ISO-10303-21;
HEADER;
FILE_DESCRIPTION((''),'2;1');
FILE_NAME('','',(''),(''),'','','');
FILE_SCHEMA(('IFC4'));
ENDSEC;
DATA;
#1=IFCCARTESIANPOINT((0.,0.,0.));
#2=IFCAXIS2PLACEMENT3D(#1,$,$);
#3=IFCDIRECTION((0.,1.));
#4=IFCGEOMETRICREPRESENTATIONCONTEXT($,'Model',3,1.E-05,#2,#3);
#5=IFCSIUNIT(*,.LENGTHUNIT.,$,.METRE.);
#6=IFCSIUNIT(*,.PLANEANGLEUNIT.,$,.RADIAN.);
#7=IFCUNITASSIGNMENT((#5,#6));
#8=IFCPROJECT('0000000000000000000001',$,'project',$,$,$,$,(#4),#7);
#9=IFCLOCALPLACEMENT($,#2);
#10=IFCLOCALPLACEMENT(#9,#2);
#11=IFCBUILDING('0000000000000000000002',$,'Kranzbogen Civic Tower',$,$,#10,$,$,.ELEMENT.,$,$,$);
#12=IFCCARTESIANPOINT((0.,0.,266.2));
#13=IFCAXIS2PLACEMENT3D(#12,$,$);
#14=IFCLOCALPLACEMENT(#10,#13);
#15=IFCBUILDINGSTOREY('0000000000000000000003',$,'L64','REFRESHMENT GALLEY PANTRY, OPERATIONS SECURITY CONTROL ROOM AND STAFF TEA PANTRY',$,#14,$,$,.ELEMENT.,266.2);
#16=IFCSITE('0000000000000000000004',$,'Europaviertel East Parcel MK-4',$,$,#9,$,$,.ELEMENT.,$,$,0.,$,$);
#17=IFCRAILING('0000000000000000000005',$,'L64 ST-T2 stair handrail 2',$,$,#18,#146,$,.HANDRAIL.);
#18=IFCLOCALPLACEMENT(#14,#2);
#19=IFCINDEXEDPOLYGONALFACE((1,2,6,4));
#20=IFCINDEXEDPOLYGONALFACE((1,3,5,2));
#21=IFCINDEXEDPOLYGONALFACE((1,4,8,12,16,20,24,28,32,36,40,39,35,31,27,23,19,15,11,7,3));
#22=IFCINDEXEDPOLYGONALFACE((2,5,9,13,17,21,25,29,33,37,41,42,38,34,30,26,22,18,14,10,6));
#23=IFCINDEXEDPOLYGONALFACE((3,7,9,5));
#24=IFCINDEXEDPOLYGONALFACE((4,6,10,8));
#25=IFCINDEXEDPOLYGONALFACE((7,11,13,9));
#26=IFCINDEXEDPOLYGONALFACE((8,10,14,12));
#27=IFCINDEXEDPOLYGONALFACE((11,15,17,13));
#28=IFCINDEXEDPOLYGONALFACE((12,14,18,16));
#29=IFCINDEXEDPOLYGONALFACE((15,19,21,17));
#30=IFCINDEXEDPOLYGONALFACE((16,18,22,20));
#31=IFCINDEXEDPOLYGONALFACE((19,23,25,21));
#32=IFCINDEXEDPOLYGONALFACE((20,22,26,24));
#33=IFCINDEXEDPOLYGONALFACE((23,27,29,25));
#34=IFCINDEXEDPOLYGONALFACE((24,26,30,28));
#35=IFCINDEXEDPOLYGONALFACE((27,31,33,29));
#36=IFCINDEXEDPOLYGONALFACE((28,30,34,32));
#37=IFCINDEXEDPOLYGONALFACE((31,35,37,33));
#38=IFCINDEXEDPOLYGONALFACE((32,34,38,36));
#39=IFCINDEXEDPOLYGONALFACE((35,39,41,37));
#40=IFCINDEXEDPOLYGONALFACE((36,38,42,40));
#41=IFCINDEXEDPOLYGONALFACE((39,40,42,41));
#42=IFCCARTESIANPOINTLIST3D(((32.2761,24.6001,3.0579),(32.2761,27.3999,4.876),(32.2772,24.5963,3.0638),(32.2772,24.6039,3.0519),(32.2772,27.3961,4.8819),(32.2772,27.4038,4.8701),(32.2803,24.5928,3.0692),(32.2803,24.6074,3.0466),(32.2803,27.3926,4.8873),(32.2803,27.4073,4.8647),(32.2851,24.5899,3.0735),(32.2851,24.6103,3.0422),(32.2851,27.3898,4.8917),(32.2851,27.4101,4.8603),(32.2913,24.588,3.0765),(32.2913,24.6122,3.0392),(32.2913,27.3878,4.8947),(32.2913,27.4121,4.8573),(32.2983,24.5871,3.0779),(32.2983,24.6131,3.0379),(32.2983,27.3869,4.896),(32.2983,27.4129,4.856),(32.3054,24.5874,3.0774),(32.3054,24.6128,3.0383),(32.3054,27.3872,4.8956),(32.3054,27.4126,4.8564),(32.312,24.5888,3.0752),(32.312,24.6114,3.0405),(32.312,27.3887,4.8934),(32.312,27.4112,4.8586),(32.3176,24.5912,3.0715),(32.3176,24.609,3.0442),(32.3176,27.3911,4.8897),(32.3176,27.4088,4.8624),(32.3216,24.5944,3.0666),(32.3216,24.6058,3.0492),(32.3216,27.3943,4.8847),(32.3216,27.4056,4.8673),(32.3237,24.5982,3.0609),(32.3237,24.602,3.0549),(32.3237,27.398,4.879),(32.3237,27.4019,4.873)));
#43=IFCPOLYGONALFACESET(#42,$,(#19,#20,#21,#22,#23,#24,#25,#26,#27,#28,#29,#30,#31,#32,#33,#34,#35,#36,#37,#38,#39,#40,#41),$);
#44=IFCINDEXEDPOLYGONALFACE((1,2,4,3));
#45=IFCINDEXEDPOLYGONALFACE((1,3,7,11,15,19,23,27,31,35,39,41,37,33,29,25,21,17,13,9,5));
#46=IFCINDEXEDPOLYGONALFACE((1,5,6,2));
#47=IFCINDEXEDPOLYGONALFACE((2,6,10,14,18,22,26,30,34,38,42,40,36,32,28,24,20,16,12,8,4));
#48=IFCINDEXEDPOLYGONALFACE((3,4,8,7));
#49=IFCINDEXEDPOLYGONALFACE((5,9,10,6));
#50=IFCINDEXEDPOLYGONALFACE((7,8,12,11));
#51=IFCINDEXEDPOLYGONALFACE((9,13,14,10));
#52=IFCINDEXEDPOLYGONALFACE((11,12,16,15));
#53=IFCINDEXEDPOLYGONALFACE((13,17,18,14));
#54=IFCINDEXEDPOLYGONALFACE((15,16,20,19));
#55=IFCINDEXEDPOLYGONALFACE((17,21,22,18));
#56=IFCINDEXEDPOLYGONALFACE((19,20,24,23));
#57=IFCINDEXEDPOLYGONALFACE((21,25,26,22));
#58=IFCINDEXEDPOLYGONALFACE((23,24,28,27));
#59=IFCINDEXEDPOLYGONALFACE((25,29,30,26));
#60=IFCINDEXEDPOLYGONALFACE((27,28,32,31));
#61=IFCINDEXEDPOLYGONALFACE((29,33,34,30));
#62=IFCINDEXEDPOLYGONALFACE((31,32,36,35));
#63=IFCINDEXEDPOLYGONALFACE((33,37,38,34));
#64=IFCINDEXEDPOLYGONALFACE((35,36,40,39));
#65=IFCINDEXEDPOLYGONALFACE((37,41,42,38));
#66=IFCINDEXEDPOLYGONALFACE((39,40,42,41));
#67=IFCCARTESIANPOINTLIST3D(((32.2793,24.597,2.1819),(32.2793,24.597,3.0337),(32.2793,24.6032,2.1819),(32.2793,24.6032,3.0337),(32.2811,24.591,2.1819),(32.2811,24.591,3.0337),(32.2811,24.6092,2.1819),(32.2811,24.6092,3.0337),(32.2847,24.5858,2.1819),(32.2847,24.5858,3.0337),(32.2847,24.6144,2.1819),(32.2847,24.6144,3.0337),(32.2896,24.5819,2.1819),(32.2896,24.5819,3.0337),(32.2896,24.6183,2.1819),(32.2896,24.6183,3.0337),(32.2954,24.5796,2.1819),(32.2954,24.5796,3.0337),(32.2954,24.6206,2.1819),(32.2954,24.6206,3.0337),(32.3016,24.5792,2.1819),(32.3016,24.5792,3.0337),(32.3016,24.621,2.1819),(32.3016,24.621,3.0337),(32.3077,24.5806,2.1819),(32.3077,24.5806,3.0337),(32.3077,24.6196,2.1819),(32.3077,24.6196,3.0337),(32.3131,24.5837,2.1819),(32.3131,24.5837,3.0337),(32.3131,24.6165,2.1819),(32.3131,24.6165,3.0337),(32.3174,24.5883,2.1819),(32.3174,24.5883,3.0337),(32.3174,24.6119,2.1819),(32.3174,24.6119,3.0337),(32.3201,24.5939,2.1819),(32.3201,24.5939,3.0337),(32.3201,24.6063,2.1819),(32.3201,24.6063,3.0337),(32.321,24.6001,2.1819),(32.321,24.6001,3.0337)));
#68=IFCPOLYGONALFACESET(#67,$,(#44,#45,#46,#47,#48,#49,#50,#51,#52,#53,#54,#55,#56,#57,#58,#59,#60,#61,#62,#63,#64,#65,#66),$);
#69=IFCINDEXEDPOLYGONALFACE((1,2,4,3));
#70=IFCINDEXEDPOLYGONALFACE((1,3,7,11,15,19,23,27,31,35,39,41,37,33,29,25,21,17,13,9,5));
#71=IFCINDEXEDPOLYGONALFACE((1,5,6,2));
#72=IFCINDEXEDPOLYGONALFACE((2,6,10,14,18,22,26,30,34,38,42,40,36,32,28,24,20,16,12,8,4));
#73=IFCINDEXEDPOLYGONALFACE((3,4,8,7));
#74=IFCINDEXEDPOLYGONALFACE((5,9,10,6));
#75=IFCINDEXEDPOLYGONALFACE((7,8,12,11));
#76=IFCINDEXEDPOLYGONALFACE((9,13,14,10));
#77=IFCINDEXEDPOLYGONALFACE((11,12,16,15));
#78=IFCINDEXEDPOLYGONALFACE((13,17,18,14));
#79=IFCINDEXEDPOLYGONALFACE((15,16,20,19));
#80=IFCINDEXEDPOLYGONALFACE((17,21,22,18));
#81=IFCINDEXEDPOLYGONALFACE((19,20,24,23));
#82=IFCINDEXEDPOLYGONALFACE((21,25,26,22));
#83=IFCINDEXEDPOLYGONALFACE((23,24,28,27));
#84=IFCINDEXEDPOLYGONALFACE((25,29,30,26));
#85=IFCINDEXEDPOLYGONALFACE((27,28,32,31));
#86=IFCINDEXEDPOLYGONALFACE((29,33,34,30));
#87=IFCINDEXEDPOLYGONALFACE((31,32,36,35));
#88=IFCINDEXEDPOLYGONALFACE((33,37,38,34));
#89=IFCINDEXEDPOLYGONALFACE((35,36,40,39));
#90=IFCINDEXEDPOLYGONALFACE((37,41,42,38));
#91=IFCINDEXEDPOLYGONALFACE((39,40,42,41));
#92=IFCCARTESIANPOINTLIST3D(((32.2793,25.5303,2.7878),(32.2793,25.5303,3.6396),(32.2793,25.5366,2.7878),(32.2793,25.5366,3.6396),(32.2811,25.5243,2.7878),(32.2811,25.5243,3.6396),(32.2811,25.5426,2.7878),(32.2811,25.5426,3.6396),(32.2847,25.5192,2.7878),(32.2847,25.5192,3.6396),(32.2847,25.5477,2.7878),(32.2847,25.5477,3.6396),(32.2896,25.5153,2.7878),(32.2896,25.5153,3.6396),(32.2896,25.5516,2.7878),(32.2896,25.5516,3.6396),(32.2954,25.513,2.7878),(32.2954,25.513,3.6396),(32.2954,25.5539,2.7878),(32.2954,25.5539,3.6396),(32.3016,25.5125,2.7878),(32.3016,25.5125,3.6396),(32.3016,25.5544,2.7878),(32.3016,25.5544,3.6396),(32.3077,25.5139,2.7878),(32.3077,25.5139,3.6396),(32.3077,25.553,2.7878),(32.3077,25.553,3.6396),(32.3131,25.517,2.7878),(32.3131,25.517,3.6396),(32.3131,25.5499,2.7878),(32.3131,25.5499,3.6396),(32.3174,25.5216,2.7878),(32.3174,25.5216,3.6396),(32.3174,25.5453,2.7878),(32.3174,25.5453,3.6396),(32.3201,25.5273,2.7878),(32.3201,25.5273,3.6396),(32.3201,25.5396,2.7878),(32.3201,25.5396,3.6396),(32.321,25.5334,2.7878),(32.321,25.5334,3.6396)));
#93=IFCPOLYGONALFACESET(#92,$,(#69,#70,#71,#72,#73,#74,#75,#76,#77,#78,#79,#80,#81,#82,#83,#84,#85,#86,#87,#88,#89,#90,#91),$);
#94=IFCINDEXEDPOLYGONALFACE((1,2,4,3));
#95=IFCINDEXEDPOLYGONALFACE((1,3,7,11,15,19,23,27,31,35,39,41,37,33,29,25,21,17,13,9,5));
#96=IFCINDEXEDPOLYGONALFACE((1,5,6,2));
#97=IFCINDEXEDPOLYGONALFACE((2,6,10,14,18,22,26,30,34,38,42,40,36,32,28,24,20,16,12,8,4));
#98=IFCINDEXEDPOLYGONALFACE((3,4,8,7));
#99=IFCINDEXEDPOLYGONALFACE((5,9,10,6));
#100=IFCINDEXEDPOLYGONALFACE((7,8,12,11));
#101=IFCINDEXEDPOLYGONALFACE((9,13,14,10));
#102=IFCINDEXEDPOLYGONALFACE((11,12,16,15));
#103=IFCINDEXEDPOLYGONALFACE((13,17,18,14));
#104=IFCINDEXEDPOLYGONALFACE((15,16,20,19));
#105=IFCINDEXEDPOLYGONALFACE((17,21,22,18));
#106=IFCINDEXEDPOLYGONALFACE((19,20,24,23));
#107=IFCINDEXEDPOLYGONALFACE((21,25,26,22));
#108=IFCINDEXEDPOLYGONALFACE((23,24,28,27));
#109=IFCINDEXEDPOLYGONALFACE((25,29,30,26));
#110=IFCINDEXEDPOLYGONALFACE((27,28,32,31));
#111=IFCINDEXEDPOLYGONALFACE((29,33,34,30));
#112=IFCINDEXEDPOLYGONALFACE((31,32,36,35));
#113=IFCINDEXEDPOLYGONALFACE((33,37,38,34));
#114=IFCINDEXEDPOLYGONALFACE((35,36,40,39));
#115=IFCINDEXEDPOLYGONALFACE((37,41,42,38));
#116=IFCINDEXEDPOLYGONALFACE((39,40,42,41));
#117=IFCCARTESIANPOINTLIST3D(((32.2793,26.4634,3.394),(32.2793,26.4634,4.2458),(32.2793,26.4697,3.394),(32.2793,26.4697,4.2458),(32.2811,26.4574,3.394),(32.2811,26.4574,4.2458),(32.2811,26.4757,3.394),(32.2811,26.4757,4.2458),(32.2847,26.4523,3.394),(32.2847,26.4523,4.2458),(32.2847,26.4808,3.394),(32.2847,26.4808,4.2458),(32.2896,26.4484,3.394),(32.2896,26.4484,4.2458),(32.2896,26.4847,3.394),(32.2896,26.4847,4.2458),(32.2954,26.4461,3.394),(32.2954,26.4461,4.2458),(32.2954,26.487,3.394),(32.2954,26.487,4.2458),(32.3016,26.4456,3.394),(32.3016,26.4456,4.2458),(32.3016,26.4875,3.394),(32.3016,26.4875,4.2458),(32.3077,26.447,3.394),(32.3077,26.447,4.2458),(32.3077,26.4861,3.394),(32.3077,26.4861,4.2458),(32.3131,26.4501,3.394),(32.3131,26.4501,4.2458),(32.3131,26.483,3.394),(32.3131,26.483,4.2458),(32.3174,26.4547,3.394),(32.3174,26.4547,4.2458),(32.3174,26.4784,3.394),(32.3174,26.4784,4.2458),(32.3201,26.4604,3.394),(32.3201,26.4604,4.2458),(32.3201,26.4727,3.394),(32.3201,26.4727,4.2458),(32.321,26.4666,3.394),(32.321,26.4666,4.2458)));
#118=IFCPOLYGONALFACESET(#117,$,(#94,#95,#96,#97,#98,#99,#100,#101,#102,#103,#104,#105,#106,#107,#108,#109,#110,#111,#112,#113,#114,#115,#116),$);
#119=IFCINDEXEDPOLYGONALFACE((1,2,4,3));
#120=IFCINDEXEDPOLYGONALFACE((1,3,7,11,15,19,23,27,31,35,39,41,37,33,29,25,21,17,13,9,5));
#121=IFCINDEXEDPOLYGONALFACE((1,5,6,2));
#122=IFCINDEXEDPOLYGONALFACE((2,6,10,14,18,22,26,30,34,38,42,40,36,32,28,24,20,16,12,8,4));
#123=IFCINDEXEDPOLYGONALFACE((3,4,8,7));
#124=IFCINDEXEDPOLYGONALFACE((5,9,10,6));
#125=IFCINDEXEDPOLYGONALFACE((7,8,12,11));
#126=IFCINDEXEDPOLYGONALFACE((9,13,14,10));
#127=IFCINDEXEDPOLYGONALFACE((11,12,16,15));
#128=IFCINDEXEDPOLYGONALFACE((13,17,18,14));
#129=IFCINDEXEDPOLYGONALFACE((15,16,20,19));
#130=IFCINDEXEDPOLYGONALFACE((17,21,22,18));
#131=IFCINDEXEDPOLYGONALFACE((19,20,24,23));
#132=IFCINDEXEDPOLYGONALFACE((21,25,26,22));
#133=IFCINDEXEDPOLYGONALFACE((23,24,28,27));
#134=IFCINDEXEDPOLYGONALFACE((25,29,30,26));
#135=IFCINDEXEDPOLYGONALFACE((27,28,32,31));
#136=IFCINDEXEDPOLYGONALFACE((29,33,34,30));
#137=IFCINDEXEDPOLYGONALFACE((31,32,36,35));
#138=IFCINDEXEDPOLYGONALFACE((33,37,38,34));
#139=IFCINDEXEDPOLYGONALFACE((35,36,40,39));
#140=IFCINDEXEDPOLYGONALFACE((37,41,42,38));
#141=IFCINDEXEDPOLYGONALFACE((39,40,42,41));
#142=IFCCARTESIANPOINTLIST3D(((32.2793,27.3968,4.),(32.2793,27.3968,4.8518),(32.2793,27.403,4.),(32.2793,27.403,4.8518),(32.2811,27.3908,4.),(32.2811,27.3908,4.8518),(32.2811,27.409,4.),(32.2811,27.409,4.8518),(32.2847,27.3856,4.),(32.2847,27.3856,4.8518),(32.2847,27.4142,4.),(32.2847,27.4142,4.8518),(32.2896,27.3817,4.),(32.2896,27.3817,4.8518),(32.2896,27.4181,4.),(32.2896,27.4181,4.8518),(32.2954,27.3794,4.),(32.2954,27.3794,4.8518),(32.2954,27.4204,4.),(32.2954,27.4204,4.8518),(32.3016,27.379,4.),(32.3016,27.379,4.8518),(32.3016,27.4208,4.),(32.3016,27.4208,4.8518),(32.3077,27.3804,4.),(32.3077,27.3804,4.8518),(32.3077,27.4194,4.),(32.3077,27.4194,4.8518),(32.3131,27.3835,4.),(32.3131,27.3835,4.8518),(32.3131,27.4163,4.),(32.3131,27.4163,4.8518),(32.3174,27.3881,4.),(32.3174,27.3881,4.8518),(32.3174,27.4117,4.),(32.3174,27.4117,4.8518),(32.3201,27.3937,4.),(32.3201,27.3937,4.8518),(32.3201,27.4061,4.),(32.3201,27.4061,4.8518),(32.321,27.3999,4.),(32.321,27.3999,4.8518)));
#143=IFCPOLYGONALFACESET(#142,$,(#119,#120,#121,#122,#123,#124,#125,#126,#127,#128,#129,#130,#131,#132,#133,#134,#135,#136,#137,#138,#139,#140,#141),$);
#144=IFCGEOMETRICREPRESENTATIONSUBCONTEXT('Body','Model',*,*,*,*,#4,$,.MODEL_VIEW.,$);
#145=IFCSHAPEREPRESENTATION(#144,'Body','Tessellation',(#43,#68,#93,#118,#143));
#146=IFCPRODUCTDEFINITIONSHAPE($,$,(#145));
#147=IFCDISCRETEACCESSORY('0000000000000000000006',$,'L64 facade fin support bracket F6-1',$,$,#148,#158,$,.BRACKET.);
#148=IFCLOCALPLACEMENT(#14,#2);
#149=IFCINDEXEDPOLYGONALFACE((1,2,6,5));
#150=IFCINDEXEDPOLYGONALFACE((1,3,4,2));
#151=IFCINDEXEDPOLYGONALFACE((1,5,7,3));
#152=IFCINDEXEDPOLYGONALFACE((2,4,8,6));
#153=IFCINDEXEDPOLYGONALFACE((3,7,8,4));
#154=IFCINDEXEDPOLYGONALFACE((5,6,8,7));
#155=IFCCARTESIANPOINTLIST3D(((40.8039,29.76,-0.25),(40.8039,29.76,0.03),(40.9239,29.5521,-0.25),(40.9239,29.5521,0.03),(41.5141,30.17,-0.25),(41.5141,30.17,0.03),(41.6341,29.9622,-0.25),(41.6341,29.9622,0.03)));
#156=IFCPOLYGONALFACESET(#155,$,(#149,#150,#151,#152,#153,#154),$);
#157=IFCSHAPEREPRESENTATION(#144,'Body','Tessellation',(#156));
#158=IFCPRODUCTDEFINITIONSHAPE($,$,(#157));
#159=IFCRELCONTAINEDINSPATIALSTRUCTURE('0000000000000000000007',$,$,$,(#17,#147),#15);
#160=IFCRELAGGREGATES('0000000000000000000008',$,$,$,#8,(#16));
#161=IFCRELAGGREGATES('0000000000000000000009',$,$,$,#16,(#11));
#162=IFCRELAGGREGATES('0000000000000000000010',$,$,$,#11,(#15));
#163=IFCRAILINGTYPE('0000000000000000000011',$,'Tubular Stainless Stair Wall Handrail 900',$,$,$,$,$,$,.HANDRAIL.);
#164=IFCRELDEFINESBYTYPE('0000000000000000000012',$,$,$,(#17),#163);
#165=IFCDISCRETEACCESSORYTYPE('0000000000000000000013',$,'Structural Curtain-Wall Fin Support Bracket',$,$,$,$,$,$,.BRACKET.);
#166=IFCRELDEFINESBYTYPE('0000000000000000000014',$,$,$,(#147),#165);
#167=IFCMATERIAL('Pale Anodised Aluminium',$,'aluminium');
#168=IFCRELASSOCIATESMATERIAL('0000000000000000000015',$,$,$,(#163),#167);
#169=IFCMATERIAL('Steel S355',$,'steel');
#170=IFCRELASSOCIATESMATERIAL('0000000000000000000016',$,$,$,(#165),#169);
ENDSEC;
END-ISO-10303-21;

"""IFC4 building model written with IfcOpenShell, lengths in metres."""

from ifc_helpers import new_model, si_unit, direction, frame, origin, origin_2d, place, context, subcontext, project, spatial, rectangle, circle, extrude, material, type_object, element, save


model = new_model("IFC4")

# Units and contexts
model_context = context("Model", 3, precision=1e-05, world=origin(), true_north=direction((0.0, 1.0)))
body_context = subcontext(model_context, "Body", "Model", "MODEL_VIEW")
ifc_project = project(units=[si_unit("LENGTHUNIT", "METRE"), si_unit("PLANEANGLEUNIT", "RADIAN")], contexts=[model_context])

# Site, building, storey
site_placement = place(None, origin())
site = spatial("IfcSite", under=ifc_project, at=site_placement, Name="Europaviertel East Parcel MK-4", CompositionType="ELEMENT", RefElevation=0.0)
building_placement = place(site_placement, origin())
building = spatial("IfcBuilding", under=site, at=building_placement, Name="Kranzbogen Civic Tower", CompositionType="ELEMENT")
storey_placement = place(building_placement, frame((0.0, 0.0, 266.2)))
storey = spatial("IfcBuildingStorey", under=building, at=storey_placement, Name="L64", Description="REFRESHMENT GALLEY PANTRY, OPERATIONS SECURITY CONTROL ROOM AND STAFF TEA PANTRY", CompositionType="ELEMENT", Elevation=266.2)

# Shared definitions
ifc_material_1 = material(Name="Steel S355", Category="steel")

# Shared definitions
ifc_material_2 = material(Name="Pale Anodised Aluminium", Category="aluminium")

# Railing
railing_type_1 = type_object("IfcRailingType", Name="Tubular Stainless Stair Wall Handrail 900", PredefinedType="HANDRAIL", material=ifc_material_2)
railing_1_placement = place(storey_placement, frame((32.3, 24.6001, 2.1819)))
element("IfcRailing", 1, at=railing_1_placement, inside=storey, type_object=railing_type_1, Name="L64 ST-T2 stair handrail 2", PredefinedType="HANDRAIL", context=body_context, shape_type="SweptSolid", body=[
    extrude(circle(Radius=0.0239, at=origin_2d()), frame((0.0, 0.0, 0.876), z_axis=(0.0, 0.838684, 0.544618), x_axis=(-1.0, 0.0, 0.0)), (0.0, 0.0, 1.0), 3.3384),
    extrude(circle(Radius=0.021, at=origin_2d()), origin(), (0.0, 0.0, 1.0), 0.8518),
    extrude(circle(Radius=0.021, at=origin_2d()), frame((0.0, 0.9333, 0.606)), (0.0, 0.0, 1.0), 0.8518),
    extrude(circle(Radius=0.021, at=origin_2d()), frame((0.0, 1.8665, 1.2122)), (0.0, 0.0, 1.0), 0.8518),
    extrude(circle(Radius=0.021, at=origin_2d()), frame((0.0, 2.7998, 1.8181)), (0.0, 0.0, 1.0), 0.8518),
])

# Discrete accessory
discrete_accessory_type = type_object("IfcDiscreteAccessoryType", Name="Structural Curtain-Wall Fin Support Bracket", PredefinedType="BRACKET", material=ifc_material_1)
discrete_accessory_placement = place(storey_placement, frame((41.219, 29.8611, -0.25), z_axis=(0.0, 0.0, 1.0), x_axis=(0.866025, 0.5, 0.0)))
element("IfcDiscreteAccessory", 2, at=discrete_accessory_placement, inside=storey, type_object=discrete_accessory_type, Name="L64 facade fin support bracket F6-1", PredefinedType="BRACKET", context=body_context, shape_type="SweptSolid", body=[
    extrude(rectangle(XDim=0.8201, YDim=0.24, at=origin_2d()), origin(), (0.0, 0.0, 1.0), 0.28),
])

save(model, "model.ifc")
